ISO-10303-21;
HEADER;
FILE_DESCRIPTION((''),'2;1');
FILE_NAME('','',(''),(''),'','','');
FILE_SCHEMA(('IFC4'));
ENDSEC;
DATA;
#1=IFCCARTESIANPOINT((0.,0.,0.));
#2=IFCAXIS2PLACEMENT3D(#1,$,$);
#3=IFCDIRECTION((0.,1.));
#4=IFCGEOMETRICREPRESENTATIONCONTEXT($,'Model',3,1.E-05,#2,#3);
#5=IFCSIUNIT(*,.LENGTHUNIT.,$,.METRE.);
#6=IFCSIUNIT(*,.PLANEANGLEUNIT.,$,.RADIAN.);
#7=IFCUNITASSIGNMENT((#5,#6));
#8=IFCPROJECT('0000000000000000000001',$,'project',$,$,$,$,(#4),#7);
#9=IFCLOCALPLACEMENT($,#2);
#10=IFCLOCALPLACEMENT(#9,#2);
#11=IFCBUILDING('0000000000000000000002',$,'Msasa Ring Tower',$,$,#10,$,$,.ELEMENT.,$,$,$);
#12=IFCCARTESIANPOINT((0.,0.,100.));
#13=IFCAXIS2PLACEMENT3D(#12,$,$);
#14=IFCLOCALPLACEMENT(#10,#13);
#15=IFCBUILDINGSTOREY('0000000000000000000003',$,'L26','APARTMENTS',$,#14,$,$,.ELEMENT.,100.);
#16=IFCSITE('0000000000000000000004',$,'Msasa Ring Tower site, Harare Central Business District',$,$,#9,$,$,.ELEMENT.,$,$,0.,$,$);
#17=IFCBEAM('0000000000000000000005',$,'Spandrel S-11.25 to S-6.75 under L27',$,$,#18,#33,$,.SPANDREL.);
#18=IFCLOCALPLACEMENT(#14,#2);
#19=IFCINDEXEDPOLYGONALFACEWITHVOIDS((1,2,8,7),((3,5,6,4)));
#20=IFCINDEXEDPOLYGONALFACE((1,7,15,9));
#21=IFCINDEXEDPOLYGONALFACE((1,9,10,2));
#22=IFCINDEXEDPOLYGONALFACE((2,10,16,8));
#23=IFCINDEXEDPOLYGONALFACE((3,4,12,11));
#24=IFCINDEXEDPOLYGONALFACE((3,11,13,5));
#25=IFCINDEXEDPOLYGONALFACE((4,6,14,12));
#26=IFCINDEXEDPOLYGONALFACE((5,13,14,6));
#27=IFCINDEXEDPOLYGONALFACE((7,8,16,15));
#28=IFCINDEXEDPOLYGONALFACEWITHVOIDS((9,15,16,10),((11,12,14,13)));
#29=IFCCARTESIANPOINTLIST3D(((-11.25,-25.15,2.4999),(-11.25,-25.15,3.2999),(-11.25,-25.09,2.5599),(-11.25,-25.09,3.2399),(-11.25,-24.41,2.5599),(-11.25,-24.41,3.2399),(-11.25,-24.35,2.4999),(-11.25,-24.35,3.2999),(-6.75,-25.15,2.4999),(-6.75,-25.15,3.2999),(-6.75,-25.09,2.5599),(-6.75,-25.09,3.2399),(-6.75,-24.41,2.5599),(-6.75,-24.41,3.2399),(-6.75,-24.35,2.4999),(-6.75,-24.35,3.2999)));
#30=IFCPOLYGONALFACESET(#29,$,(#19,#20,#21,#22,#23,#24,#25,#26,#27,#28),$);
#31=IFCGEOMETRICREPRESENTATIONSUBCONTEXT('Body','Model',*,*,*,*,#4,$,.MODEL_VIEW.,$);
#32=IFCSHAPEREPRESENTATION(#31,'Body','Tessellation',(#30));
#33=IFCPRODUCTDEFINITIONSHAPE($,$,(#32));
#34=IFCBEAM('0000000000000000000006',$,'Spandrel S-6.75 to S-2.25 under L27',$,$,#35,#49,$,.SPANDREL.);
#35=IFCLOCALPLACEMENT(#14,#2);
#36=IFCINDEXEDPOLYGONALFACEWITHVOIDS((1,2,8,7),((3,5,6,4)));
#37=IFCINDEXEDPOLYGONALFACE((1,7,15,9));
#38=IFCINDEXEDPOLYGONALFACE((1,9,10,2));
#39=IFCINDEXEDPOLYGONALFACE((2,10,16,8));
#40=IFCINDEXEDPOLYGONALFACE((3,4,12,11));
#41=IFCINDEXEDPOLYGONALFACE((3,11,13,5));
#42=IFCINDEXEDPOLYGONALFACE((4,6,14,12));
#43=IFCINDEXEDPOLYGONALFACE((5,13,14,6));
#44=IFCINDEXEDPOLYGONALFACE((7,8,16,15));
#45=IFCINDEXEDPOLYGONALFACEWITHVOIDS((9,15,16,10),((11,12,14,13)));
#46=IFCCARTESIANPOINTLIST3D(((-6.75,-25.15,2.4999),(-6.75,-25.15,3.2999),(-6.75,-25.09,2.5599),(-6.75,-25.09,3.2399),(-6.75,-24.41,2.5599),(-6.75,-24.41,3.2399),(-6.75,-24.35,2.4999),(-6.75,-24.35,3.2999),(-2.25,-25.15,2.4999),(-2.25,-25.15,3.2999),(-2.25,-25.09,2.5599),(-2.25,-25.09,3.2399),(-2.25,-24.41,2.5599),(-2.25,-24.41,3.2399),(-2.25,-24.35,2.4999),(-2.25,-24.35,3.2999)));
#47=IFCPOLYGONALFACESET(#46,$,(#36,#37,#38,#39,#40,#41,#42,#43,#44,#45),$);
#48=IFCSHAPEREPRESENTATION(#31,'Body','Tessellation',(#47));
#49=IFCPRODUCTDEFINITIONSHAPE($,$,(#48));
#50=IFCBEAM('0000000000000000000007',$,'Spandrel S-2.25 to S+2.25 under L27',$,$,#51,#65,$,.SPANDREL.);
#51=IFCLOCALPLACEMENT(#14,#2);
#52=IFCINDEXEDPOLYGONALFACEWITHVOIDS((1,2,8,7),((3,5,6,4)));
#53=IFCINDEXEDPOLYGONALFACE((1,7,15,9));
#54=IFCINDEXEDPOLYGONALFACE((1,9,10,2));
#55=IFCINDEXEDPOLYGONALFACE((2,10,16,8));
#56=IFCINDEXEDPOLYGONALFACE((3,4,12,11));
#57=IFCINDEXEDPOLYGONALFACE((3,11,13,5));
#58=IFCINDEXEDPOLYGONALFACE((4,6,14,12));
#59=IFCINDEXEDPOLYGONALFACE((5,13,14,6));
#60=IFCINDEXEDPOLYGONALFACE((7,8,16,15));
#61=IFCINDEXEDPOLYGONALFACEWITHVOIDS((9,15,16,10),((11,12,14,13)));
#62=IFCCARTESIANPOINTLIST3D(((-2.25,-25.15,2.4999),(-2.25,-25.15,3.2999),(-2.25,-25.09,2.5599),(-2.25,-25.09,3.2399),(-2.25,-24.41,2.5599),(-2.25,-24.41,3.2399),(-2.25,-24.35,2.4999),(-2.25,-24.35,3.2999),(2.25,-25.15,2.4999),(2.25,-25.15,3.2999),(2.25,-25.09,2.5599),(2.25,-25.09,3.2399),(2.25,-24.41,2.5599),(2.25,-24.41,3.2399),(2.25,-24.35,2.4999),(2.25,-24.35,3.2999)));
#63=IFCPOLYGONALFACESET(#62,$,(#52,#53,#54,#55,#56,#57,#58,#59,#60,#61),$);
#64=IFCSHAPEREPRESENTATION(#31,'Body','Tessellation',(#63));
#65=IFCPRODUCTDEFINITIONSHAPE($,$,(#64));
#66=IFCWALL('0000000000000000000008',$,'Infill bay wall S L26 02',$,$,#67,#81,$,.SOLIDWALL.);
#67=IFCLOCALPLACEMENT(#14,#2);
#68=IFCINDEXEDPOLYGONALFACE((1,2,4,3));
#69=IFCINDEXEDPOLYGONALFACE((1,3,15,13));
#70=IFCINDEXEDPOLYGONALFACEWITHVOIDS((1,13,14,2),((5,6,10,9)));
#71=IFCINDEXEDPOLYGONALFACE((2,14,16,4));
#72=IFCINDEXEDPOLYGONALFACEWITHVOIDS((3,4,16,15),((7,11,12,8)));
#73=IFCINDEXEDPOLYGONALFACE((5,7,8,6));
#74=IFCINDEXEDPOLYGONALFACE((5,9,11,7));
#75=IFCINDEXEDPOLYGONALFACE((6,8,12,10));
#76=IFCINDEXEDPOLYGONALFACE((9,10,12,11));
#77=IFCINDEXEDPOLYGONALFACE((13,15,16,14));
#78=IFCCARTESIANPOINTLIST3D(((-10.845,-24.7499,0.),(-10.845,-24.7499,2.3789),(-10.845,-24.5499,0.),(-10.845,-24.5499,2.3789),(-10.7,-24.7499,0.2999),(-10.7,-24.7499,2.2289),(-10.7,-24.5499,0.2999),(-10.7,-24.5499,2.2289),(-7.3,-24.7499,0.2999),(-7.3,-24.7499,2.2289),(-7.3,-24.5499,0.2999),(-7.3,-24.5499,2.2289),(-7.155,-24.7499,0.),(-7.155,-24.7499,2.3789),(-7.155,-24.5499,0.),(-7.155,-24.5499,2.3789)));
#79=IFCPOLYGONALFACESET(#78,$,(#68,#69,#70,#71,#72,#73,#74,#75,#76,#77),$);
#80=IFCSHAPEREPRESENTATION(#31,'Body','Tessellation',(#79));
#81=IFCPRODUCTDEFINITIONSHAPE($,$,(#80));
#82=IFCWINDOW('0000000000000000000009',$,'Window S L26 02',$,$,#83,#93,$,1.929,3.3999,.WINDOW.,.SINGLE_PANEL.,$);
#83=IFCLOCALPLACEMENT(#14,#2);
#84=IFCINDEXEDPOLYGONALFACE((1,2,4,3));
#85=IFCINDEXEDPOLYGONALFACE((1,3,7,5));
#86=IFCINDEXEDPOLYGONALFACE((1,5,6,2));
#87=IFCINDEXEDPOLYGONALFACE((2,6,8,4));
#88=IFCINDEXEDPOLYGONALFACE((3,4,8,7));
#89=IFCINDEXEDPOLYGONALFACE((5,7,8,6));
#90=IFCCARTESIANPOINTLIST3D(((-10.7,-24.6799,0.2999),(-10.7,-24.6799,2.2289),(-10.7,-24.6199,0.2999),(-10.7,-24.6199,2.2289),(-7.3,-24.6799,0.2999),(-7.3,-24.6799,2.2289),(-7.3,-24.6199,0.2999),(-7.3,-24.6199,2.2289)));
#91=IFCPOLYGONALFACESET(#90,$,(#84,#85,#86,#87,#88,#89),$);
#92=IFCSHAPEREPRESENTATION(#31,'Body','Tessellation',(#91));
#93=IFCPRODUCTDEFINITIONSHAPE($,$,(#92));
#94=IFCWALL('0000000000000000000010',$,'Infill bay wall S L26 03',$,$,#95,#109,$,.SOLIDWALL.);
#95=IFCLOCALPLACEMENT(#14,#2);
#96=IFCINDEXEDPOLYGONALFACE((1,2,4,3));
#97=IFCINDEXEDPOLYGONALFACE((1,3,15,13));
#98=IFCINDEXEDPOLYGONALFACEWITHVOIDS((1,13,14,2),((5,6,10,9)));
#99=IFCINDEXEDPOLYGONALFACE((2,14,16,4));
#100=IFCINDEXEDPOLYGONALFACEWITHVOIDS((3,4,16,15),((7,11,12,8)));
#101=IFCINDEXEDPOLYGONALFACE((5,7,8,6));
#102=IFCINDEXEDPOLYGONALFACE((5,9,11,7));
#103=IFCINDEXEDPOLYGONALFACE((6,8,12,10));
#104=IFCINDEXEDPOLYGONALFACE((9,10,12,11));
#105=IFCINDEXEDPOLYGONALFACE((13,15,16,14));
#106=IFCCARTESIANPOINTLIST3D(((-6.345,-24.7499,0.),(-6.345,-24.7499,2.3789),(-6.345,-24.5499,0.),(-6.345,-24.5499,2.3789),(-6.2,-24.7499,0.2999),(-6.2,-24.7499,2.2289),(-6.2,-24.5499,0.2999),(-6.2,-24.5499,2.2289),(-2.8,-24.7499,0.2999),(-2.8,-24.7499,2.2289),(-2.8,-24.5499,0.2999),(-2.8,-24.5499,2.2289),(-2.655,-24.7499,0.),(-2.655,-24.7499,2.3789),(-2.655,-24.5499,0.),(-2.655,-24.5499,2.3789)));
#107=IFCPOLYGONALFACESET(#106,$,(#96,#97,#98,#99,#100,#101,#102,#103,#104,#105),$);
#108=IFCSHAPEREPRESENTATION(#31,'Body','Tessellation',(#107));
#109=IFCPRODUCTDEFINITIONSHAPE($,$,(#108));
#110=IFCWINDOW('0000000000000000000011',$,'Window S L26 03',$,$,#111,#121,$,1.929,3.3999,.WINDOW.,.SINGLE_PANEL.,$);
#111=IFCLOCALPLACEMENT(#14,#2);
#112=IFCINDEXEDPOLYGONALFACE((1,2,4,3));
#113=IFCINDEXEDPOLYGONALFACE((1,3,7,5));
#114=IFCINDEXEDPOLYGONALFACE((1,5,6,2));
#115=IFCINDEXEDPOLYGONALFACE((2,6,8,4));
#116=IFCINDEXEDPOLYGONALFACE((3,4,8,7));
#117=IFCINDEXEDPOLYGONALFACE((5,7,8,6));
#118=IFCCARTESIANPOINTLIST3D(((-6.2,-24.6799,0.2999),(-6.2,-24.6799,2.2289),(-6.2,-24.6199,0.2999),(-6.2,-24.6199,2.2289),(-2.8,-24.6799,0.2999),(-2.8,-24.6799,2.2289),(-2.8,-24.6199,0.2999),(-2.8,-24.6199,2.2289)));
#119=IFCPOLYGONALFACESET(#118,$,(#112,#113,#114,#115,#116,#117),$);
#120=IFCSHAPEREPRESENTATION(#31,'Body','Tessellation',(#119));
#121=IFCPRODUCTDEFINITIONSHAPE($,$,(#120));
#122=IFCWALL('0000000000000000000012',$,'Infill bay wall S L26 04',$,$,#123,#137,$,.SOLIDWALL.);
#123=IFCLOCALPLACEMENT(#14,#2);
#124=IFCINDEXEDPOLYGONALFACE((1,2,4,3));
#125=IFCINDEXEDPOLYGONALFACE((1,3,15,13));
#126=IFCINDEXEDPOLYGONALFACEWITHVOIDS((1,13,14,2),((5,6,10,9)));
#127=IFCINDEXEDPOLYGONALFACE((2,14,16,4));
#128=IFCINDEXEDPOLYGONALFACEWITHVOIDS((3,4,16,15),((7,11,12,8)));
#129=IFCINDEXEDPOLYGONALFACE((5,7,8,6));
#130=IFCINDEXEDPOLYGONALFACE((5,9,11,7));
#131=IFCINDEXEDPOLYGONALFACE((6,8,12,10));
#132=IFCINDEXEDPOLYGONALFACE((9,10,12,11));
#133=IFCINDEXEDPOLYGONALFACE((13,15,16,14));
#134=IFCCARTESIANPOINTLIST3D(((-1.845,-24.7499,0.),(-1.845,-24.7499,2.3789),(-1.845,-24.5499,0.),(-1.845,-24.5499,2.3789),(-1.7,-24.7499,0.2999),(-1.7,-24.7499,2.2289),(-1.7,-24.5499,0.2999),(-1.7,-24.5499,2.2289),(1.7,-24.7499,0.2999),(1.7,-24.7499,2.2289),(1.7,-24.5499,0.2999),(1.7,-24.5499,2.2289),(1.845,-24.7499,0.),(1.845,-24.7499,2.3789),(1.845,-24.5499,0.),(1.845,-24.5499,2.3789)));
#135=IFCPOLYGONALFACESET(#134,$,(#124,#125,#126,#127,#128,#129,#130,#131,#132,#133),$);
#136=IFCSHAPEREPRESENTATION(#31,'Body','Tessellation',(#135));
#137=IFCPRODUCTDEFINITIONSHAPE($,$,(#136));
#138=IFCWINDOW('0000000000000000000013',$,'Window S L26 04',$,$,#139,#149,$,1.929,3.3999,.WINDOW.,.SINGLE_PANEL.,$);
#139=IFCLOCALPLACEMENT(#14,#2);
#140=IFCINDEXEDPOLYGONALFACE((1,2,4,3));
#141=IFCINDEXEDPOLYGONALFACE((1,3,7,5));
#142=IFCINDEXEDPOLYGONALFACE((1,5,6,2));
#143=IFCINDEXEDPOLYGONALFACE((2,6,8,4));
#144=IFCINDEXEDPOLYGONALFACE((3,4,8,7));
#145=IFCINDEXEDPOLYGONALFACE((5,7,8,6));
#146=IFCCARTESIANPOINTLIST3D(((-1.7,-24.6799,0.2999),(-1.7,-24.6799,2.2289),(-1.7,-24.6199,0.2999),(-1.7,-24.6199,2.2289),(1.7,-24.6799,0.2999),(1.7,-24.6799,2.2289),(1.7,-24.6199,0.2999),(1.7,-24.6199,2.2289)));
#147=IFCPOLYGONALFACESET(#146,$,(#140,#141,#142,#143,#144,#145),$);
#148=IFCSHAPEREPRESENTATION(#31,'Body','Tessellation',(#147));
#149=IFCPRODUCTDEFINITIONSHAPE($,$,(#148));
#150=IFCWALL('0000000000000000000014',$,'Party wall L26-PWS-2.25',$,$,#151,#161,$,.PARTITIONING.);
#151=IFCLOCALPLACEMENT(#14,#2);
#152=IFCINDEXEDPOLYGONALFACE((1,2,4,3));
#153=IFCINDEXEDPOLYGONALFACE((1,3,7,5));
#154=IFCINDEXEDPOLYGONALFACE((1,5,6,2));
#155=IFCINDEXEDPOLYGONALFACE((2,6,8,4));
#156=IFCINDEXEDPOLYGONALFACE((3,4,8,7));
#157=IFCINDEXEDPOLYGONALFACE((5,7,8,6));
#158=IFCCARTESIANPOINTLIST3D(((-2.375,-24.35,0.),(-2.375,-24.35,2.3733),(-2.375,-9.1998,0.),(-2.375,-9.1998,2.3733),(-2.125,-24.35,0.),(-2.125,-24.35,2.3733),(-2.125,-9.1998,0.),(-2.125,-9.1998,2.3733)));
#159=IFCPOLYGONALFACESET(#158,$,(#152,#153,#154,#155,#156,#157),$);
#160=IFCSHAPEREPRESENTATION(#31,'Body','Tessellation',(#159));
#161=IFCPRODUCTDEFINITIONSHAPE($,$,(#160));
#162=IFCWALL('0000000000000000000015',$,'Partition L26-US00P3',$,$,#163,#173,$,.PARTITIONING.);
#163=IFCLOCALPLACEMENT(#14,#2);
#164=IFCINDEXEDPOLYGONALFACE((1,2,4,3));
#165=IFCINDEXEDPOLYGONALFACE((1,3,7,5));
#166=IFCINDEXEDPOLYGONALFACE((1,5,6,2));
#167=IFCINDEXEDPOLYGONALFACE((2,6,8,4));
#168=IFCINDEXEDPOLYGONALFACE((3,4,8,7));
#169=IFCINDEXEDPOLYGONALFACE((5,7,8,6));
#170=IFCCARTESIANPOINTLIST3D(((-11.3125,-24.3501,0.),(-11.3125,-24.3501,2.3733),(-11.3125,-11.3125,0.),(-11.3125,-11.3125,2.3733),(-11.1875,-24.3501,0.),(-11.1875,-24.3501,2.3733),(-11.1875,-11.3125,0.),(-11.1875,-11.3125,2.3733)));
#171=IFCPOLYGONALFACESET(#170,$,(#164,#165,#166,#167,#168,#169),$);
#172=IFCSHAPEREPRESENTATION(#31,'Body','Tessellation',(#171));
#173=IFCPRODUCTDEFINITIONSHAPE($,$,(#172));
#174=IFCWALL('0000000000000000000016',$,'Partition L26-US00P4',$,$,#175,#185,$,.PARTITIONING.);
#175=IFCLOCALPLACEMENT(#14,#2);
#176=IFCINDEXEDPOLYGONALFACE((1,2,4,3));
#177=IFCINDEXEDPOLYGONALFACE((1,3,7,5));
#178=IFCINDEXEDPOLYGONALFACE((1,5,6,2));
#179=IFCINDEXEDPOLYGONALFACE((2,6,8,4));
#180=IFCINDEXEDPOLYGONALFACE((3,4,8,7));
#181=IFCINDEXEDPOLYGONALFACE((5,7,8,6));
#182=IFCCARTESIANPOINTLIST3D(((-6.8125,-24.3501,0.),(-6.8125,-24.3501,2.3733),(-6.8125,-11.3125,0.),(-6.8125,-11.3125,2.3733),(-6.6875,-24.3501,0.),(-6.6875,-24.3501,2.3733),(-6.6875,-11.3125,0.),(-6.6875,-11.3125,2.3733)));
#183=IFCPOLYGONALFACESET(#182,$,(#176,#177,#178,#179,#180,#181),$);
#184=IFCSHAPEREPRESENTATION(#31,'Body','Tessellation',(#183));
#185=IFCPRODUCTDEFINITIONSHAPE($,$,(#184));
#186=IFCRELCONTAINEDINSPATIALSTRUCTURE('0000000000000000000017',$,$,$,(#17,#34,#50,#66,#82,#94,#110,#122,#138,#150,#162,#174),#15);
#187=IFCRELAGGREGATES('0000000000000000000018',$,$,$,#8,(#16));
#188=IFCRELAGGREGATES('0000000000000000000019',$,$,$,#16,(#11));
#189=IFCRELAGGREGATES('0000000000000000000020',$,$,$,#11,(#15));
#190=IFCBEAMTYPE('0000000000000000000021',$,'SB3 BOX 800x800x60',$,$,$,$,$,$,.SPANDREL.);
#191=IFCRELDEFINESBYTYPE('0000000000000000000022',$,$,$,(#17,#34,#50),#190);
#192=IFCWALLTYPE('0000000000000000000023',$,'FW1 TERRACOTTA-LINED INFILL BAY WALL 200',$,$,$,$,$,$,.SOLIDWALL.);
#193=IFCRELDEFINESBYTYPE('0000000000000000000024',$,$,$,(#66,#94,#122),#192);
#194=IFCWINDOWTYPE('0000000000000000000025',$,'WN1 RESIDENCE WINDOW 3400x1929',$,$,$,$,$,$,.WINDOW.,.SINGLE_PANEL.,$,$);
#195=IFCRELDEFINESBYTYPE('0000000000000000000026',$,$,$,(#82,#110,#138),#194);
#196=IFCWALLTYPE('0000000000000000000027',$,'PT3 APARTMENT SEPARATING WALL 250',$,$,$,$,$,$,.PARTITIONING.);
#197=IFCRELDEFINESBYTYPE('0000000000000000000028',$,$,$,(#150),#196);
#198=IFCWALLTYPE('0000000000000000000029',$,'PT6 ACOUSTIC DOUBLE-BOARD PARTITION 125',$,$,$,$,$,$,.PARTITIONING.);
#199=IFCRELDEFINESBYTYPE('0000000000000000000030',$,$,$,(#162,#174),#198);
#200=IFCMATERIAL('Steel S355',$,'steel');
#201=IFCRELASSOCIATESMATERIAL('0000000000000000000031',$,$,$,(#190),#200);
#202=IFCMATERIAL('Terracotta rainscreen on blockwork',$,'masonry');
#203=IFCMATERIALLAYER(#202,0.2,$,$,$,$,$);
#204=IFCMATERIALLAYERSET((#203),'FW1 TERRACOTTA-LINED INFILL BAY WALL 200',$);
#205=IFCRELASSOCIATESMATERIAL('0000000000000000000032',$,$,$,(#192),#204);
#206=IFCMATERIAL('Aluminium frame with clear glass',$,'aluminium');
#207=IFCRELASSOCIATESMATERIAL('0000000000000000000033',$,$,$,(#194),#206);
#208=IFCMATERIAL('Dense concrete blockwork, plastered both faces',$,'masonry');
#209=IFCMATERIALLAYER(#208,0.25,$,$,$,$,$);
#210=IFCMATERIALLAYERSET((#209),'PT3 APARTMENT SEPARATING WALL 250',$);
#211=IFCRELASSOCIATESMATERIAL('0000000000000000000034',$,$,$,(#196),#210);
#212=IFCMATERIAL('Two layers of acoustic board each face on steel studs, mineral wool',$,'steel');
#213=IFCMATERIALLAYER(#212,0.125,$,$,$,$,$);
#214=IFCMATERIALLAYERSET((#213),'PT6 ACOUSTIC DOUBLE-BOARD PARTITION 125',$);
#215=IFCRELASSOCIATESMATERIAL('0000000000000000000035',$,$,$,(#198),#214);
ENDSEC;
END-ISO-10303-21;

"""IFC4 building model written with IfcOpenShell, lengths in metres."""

from ifc_helpers import new_model, si_unit, direction, frame, frame_2d, origin, origin_2d, place, context, subcontext, project, spatial, rectangle, hollow_rectangle, extrude, material, layer, layer_set, material_profile, profile_set, type_object, element, fill, save


model = new_model("IFC4")

# Units and contexts
model_context = context("Model", 3, precision=1e-05, world=origin(), true_north=direction((0.0, 1.0)))
body_context = subcontext(model_context, "Body", "Model", "MODEL_VIEW")
ifc_project = project(units=[si_unit("LENGTHUNIT", "METRE"), si_unit("PLANEANGLEUNIT", "RADIAN")], contexts=[model_context])

# Site, building, storey
site_placement = place(None, origin())
site = spatial("IfcSite", under=ifc_project, at=site_placement, Name="Msasa Ring Tower site, Harare Central Business District", CompositionType="ELEMENT", RefElevation=0.0)
building_placement = place(site_placement, origin())
building = spatial("IfcBuilding", under=site, at=building_placement, Name="Msasa Ring Tower", CompositionType="ELEMENT")
storey_placement = place(building_placement, frame((0.0, 0.0, 100.0)))
storey = spatial("IfcBuildingStorey", under=building, at=storey_placement, Name="L26", Description="APARTMENTS", CompositionType="ELEMENT", Elevation=100.0)

# Beams
ifc_material_1 = material(Name="Steel S355", Category="steel")
ifc_material_profile_1 = material_profile(ifc_material_1, hollow_rectangle(XDim=0.8, YDim=0.8, WallThickness=0.0601, at=origin_2d()), Name="BOX 800x800x60")
ifc_profile_set_1 = profile_set([ifc_material_profile_1], Name="Steel S355")
beam_type_1 = type_object("IfcBeamType", Name="SB3 BOX 800x800x60", PredefinedType="SPANDREL", material=ifc_profile_set_1)
for number, where, z_axis, x_axis, name in (
    (1, (-11.25, -24.75, 2.8999), (1.0, 0.0, 0.0), (0.0, 1.0, 0.0), "Spandrel S-11.25 to S-6.75 under L27"),
    (2, (-6.75, -24.75, 2.8999), (1.0, 0.0, 0.0), (0.0, 1.0, 0.0), "Spandrel S-6.75 to S-2.25 under L27"),
    (3, (-2.25, -24.75, 2.8999), (1.0, 0.0, 0.0), (0.0, 1.0, 0.0), "Spandrel S-2.25 to S+2.25 under L27"),
):
    element("IfcBeam", number, at=place(storey_placement, frame(where, z_axis=z_axis, x_axis=x_axis)), inside=storey, type_object=beam_type_1, Name=name, PredefinedType="SPANDREL", context=body_context, shape_type="SweptSolid", body=[
        extrude(hollow_rectangle(XDim=0.8, YDim=0.8, WallThickness=0.0601, at=origin_2d()), origin(), (0.0, 0.0, 1.0), 4.5),
    ])

# Walls, openings, windows
ifc_material_2 = material(Name="Terracotta rainscreen on blockwork", Category="masonry")
ifc_layer_1 = layer(ifc_material_2, 0.2)
ifc_layer_set_1 = layer_set([ifc_layer_1], Name="FW1 TERRACOTTA-LINED INFILL BAY WALL 200")
wall_type_1 = type_object("IfcWallType", Name="FW1 TERRACOTTA-LINED INFILL BAY WALL 200", PredefinedType="SOLIDWALL", material=ifc_layer_set_1)
wall_1_placement = place(storey_placement, frame((-10.845, -24.6499, 0.0), z_axis=(0.0, 0.0, 1.0), x_axis=(1.0, 0.0, 0.0)))
wall_1 = element("IfcWall", 4, at=wall_1_placement, inside=storey, type_object=wall_type_1, Name="Infill bay wall S L26 02", PredefinedType="SOLIDWALL", context=body_context, shape_type="SweptSolid", body=[
    extrude(rectangle(XDim=3.6899, YDim=0.2, at=frame_2d((1.845, 0.0))), origin(), (0.0, 0.0, 1.0), 2.3789),
])
opening_1_placement = place(wall_1_placement, frame((0.145, 0.0, 0.3)))
opening_1 = element("IfcOpeningElement", 5, at=opening_1_placement, cuts=wall_1, PredefinedType="OPENING", context=body_context, shape_type="SweptSolid", body=[
    extrude(rectangle(XDim=3.3999, YDim=1.929, at=frame_2d((1.7, 0.9644))), frame((0.0, 0.1099, 0.0), z_axis=(0.0, -1.0, 0.0), x_axis=(1.0, 0.0, 0.0)), (0.0, 0.0, 1.0), 0.22),
])
ifc_material_3 = material(Name="Aluminium frame with clear glass", Category="aluminium")
window_type = type_object("IfcWindowType", Name="WN1 RESIDENCE WINDOW 3400x1929", PartitioningType="SINGLE_PANEL", PredefinedType="WINDOW", material=ifc_material_3)
window_1_placement = place(opening_1_placement, origin())
window_1 = element("IfcWindow", 6, at=window_1_placement, inside=storey, type_object=window_type, Name="Window S L26 02", OverallHeight=1.929, OverallWidth=3.3999, PartitioningType="SINGLE_PANEL", PredefinedType="WINDOW", context=body_context, shape_type="SweptSolid", body=[
    extrude(rectangle(XDim=3.3999, YDim=1.929, at=frame_2d((1.7, 0.9644))), frame((0.0, 0.03, 0.0), z_axis=(0.0, -1.0, 0.0), x_axis=(1.0, 0.0, 0.0)), (0.0, 0.0, 1.0), 0.0601),
])
fill(opening_1, window_1)
wall_2_placement = place(storey_placement, frame((-6.345, -24.6499, 0.0), z_axis=(0.0, 0.0, 1.0), x_axis=(1.0, 0.0, 0.0)))
wall_2 = element("IfcWall", 7, at=wall_2_placement, inside=storey, type_object=wall_type_1, Name="Infill bay wall S L26 03", PredefinedType="SOLIDWALL", context=body_context, shape_type="SweptSolid", body=[
    extrude(rectangle(XDim=3.6899, YDim=0.2, at=frame_2d((1.845, 0.0))), origin(), (0.0, 0.0, 1.0), 2.3789),
])
opening_2_placement = place(wall_2_placement, frame((0.145, 0.0, 0.3)))
opening_2 = element("IfcOpeningElement", 8, at=opening_2_placement, cuts=wall_2, PredefinedType="OPENING", context=body_context, shape_type="SweptSolid", body=[
    extrude(rectangle(XDim=3.3999, YDim=1.929, at=frame_2d((1.7, 0.9644))), frame((0.0, 0.1099, 0.0), z_axis=(0.0, -1.0, 0.0), x_axis=(1.0, 0.0, 0.0)), (0.0, 0.0, 1.0), 0.22),
])
window_2_placement = place(opening_2_placement, origin())
window_2 = element("IfcWindow", 9, at=window_2_placement, inside=storey, type_object=window_type, Name="Window S L26 03", OverallHeight=1.929, OverallWidth=3.3999, PartitioningType="SINGLE_PANEL", PredefinedType="WINDOW", context=body_context, shape_type="SweptSolid", body=[
    extrude(rectangle(XDim=3.3999, YDim=1.929, at=frame_2d((1.7, 0.9644))), frame((0.0, 0.03, 0.0), z_axis=(0.0, -1.0, 0.0), x_axis=(1.0, 0.0, 0.0)), (0.0, 0.0, 1.0), 0.0601),
])
fill(opening_2, window_2)
wall_3_placement = place(storey_placement, frame((-1.845, -24.6499, 0.0), z_axis=(0.0, 0.0, 1.0), x_axis=(1.0, 0.0, 0.0)))
wall_3 = element("IfcWall", 10, at=wall_3_placement, inside=storey, type_object=wall_type_1, Name="Infill bay wall S L26 04", PredefinedType="SOLIDWALL", context=body_context, shape_type="SweptSolid", body=[
    extrude(rectangle(XDim=3.6899, YDim=0.2, at=frame_2d((1.845, 0.0))), origin(), (0.0, 0.0, 1.0), 2.3789),
])
opening_3_placement = place(wall_3_placement, frame((0.145, 0.0, 0.3)))
opening_3 = element("IfcOpeningElement", 11, at=opening_3_placement, cuts=wall_3, PredefinedType="OPENING", context=body_context, shape_type="SweptSolid", body=[
    extrude(rectangle(XDim=3.3999, YDim=1.929, at=frame_2d((1.7, 0.9644))), frame((0.0, 0.1099, 0.0), z_axis=(0.0, -1.0, 0.0), x_axis=(1.0, 0.0, 0.0)), (0.0, 0.0, 1.0), 0.22),
])
window_3_placement = place(opening_3_placement, origin())
window_3 = element("IfcWindow", 12, at=window_3_placement, inside=storey, type_object=window_type, Name="Window S L26 04", OverallHeight=1.929, OverallWidth=3.3999, PartitioningType="SINGLE_PANEL", PredefinedType="WINDOW", context=body_context, shape_type="SweptSolid", body=[
    extrude(rectangle(XDim=3.3999, YDim=1.929, at=frame_2d((1.7, 0.9644))), frame((0.0, 0.03, 0.0), z_axis=(0.0, -1.0, 0.0), x_axis=(1.0, 0.0, 0.0)), (0.0, 0.0, 1.0), 0.0601),
])
fill(opening_3, window_3)

# Walls
ifc_material_4 = material(Name="Dense concrete blockwork, plastered both faces", Category="masonry")
ifc_layer_2 = layer(ifc_material_4, 0.25)
ifc_layer_set_2 = layer_set([ifc_layer_2], Name="PT3 APARTMENT SEPARATING WALL 250")
wall_type_2 = type_object("IfcWallType", Name="PT3 APARTMENT SEPARATING WALL 250", PredefinedType="PARTITIONING", material=ifc_layer_set_2)
wall_4_placement = place(storey_placement, frame((-2.25, -24.3501, 0.0), z_axis=(0.0, 0.0, 1.0), x_axis=(0.0, 1.0, 0.0)))
element("IfcWall", 13, at=wall_4_placement, inside=storey, type_object=wall_type_2, Name="Party wall L26-PWS-2.25", PredefinedType="PARTITIONING", context=body_context, shape_type="SweptSolid", body=[
    extrude(rectangle(XDim=15.1501, YDim=0.25, at=frame_2d((7.5752, 0.0))), origin(), (0.0, 0.0, 1.0), 2.3733),
])
ifc_material_5 = material(Name="Two layers of acoustic board each face on steel studs, mineral wool", Category="steel")
ifc_layer_3 = layer(ifc_material_5, 0.125)
ifc_layer_set_3 = layer_set([ifc_layer_3], Name="PT6 ACOUSTIC DOUBLE-BOARD PARTITION 125")
wall_type_3 = type_object("IfcWallType", Name="PT6 ACOUSTIC DOUBLE-BOARD PARTITION 125", PredefinedType="PARTITIONING", material=ifc_layer_set_3)
for number, where, z_axis, x_axis, name in (
    (14, (-11.25, -24.3501, 0.0), (0.0, 0.0, 1.0), (0.0, 1.0, 0.0), "Partition L26-US00P3"),
    (15, (-6.75, -24.3501, 0.0), (0.0, 0.0, 1.0), (0.0, 1.0, 0.0), "Partition L26-US00P4"),
):
    element("IfcWall", number, at=place(storey_placement, frame(where, z_axis=z_axis, x_axis=x_axis)), inside=storey, type_object=wall_type_3, Name=name, PredefinedType="PARTITIONING", context=body_context, shape_type="SweptSolid", body=[
        extrude(rectangle(XDim=13.0376, YDim=0.125, at=frame_2d((6.5188, 0.0))), origin(), (0.0, 0.0, 1.0), 2.3733),
    ])

save(model, "model.ifc")
